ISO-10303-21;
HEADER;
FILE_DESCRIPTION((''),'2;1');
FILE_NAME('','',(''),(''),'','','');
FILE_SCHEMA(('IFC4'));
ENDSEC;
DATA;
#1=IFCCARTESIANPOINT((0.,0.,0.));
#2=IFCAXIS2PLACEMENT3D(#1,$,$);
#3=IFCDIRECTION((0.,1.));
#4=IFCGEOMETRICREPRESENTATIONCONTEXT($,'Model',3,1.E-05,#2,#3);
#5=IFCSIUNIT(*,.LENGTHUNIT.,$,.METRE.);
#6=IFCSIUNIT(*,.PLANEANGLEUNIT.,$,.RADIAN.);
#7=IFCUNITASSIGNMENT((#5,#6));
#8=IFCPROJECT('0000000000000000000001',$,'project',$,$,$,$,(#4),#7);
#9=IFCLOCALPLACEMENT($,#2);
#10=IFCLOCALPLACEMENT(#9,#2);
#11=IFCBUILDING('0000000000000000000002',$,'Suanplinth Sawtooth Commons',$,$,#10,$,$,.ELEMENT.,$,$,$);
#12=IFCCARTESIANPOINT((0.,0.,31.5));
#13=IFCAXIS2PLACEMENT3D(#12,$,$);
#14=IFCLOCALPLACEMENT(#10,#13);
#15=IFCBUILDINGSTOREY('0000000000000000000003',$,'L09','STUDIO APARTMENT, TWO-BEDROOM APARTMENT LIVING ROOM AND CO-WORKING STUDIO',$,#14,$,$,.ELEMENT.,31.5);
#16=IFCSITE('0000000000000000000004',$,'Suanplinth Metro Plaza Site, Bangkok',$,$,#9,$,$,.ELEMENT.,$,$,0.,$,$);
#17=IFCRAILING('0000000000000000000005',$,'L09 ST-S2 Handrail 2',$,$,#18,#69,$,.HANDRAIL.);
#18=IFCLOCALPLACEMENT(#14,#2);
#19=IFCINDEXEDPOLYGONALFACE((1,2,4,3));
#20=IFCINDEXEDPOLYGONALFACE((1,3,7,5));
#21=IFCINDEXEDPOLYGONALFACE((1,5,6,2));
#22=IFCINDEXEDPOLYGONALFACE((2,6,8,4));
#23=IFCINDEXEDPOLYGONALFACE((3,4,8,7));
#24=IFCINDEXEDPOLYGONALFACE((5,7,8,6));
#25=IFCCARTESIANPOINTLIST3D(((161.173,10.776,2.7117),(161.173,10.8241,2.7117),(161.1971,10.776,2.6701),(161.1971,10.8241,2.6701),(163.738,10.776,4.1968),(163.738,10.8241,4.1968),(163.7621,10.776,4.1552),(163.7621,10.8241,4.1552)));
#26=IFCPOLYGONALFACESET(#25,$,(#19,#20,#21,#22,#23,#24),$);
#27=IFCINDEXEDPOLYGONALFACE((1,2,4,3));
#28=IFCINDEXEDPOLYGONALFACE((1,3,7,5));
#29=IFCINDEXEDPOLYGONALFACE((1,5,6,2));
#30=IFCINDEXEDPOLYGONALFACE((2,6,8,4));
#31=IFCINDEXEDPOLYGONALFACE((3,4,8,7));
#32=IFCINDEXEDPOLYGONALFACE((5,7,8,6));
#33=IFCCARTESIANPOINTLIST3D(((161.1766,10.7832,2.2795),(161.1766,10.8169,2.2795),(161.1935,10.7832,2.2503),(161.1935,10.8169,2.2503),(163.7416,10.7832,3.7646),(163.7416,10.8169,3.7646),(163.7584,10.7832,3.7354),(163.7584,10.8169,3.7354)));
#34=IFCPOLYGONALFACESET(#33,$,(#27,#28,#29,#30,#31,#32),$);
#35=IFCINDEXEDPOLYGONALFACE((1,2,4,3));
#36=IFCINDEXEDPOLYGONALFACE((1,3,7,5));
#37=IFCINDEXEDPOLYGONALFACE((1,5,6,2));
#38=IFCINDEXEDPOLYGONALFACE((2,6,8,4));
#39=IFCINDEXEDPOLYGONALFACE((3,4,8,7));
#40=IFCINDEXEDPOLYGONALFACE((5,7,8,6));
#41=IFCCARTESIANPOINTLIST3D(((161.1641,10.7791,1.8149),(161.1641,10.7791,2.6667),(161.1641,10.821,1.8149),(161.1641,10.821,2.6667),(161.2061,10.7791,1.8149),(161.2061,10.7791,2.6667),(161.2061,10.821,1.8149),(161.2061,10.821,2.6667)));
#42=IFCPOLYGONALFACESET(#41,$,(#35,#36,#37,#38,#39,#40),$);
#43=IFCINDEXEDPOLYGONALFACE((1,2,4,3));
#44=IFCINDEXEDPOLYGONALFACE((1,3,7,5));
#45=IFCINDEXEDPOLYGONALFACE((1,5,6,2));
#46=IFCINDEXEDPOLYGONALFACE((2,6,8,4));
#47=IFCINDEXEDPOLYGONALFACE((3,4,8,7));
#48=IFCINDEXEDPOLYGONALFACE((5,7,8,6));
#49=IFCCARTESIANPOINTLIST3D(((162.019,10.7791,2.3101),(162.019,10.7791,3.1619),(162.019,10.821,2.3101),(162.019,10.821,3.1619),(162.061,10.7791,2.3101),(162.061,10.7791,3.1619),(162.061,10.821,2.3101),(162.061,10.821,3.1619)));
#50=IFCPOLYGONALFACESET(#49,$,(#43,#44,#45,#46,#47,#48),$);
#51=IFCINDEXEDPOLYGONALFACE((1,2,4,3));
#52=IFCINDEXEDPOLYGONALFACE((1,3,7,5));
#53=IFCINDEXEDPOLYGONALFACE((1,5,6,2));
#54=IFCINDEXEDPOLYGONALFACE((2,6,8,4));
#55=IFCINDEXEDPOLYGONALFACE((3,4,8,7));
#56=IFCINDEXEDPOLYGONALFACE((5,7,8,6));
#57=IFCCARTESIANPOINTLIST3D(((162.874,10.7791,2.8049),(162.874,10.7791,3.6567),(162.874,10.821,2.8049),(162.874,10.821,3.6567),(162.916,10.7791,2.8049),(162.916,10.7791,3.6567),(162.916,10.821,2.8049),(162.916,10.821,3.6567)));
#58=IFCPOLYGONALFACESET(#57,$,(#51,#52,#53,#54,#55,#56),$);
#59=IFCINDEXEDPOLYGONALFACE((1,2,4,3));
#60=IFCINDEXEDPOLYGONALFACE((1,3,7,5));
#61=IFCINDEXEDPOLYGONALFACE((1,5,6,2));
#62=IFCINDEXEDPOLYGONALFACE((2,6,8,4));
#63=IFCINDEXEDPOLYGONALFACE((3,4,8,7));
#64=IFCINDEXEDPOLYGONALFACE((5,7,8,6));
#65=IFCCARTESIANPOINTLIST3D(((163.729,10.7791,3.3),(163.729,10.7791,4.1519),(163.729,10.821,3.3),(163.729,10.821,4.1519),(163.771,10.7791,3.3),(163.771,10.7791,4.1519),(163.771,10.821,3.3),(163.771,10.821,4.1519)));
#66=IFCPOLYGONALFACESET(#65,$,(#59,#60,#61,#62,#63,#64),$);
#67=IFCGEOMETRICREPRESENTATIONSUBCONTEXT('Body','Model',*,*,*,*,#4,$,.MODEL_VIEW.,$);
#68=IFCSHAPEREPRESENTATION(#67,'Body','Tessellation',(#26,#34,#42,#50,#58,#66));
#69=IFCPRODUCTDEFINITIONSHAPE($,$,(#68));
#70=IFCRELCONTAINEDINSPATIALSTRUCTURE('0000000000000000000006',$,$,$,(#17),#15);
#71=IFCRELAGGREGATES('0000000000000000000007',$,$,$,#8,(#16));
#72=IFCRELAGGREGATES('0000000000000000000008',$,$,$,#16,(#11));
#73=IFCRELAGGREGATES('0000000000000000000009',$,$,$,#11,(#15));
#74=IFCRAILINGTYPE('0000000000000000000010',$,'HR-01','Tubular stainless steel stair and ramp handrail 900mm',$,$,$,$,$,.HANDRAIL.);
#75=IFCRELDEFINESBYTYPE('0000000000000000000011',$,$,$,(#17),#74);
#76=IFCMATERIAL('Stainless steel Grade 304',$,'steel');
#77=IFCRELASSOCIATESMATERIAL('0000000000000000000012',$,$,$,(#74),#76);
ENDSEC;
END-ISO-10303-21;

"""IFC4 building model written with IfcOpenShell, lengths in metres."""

from ifc_helpers import new_model, si_unit, direction, frame, origin, origin_2d, place, context, subcontext, project, spatial, rectangle, extrude, material, type_object, element, save


model = new_model("IFC4")

# Units and contexts
model_context = context("Model", 3, precision=1e-05, world=origin(), true_north=direction((0.0, 1.0)))
body_context = subcontext(model_context, "Body", "Model", "MODEL_VIEW")
ifc_project = project(units=[si_unit("LENGTHUNIT", "METRE"), si_unit("PLANEANGLEUNIT", "RADIAN")], contexts=[model_context])

# Site, building, storey
site_placement = place(None, origin())
site = spatial("IfcSite", under=ifc_project, at=site_placement, Name="Suanplinth Metro Plaza Site, Bangkok", CompositionType="ELEMENT", RefElevation=0.0)
building_placement = place(site_placement, origin())
building = spatial("IfcBuilding", under=site, at=building_placement, Name="Suanplinth Sawtooth Commons", CompositionType="ELEMENT")
storey_placement = place(building_placement, frame((0.0, 0.0, 31.5)))
storey = spatial("IfcBuildingStorey", under=building, at=storey_placement, Name="L09", Description="STUDIO APARTMENT, TWO-BEDROOM APARTMENT LIVING ROOM AND CO-WORKING STUDIO", CompositionType="ELEMENT", Elevation=31.5)

# Railing
ifc_material_1 = material(Name="Stainless steel Grade 304", Category="steel")
railing_type_1 = type_object("IfcRailingType", Name="HR-01", Description="Tubular stainless steel stair and ramp handrail 900mm", PredefinedType="HANDRAIL", material=ifc_material_1)
railing_1_placement = place(storey_placement, frame((161.1851, 10.8, 1.8149)))
element("IfcRailing", 1, at=railing_1_placement, inside=storey, type_object=railing_type_1, Name="L09 ST-S2 Handrail 2", PredefinedType="HANDRAIL", context=body_context, shape_type="SweptSolid", body=[
    extrude(rectangle(XDim=0.0481, YDim=0.0481, at=origin_2d()), frame((0.0, 0.0, 0.876), z_axis=(0.865406, 0.0, 0.501072), x_axis=(0.0, 1.0, 0.0)), (0.0, 0.0, 1.0), 2.9639),
    extrude(rectangle(XDim=0.0337, YDim=0.0337, at=origin_2d()), frame((0.0, 0.0, 0.45), z_axis=(0.865406, 0.0, 0.501072), x_axis=(0.0, 1.0, 0.0)), (0.0, 0.0, 1.0), 2.9639),
    extrude(rectangle(XDim=0.042, YDim=0.042, at=origin_2d()), origin(), (0.0, 0.0, 1.0), 0.8518),
    extrude(rectangle(XDim=0.042, YDim=0.042, at=origin_2d()), frame((0.855, 0.0, 0.4951)), (0.0, 0.0, 1.0), 0.8518),
    extrude(rectangle(XDim=0.042, YDim=0.042, at=origin_2d()), frame((1.71, 0.0, 0.99)), (0.0, 0.0, 1.0), 0.8518),
    extrude(rectangle(XDim=0.042, YDim=0.042, at=origin_2d()), frame((2.5649, 0.0, 1.4851)), (0.0, 0.0, 1.0), 0.8518),
])

save(model, "model.ifc")
